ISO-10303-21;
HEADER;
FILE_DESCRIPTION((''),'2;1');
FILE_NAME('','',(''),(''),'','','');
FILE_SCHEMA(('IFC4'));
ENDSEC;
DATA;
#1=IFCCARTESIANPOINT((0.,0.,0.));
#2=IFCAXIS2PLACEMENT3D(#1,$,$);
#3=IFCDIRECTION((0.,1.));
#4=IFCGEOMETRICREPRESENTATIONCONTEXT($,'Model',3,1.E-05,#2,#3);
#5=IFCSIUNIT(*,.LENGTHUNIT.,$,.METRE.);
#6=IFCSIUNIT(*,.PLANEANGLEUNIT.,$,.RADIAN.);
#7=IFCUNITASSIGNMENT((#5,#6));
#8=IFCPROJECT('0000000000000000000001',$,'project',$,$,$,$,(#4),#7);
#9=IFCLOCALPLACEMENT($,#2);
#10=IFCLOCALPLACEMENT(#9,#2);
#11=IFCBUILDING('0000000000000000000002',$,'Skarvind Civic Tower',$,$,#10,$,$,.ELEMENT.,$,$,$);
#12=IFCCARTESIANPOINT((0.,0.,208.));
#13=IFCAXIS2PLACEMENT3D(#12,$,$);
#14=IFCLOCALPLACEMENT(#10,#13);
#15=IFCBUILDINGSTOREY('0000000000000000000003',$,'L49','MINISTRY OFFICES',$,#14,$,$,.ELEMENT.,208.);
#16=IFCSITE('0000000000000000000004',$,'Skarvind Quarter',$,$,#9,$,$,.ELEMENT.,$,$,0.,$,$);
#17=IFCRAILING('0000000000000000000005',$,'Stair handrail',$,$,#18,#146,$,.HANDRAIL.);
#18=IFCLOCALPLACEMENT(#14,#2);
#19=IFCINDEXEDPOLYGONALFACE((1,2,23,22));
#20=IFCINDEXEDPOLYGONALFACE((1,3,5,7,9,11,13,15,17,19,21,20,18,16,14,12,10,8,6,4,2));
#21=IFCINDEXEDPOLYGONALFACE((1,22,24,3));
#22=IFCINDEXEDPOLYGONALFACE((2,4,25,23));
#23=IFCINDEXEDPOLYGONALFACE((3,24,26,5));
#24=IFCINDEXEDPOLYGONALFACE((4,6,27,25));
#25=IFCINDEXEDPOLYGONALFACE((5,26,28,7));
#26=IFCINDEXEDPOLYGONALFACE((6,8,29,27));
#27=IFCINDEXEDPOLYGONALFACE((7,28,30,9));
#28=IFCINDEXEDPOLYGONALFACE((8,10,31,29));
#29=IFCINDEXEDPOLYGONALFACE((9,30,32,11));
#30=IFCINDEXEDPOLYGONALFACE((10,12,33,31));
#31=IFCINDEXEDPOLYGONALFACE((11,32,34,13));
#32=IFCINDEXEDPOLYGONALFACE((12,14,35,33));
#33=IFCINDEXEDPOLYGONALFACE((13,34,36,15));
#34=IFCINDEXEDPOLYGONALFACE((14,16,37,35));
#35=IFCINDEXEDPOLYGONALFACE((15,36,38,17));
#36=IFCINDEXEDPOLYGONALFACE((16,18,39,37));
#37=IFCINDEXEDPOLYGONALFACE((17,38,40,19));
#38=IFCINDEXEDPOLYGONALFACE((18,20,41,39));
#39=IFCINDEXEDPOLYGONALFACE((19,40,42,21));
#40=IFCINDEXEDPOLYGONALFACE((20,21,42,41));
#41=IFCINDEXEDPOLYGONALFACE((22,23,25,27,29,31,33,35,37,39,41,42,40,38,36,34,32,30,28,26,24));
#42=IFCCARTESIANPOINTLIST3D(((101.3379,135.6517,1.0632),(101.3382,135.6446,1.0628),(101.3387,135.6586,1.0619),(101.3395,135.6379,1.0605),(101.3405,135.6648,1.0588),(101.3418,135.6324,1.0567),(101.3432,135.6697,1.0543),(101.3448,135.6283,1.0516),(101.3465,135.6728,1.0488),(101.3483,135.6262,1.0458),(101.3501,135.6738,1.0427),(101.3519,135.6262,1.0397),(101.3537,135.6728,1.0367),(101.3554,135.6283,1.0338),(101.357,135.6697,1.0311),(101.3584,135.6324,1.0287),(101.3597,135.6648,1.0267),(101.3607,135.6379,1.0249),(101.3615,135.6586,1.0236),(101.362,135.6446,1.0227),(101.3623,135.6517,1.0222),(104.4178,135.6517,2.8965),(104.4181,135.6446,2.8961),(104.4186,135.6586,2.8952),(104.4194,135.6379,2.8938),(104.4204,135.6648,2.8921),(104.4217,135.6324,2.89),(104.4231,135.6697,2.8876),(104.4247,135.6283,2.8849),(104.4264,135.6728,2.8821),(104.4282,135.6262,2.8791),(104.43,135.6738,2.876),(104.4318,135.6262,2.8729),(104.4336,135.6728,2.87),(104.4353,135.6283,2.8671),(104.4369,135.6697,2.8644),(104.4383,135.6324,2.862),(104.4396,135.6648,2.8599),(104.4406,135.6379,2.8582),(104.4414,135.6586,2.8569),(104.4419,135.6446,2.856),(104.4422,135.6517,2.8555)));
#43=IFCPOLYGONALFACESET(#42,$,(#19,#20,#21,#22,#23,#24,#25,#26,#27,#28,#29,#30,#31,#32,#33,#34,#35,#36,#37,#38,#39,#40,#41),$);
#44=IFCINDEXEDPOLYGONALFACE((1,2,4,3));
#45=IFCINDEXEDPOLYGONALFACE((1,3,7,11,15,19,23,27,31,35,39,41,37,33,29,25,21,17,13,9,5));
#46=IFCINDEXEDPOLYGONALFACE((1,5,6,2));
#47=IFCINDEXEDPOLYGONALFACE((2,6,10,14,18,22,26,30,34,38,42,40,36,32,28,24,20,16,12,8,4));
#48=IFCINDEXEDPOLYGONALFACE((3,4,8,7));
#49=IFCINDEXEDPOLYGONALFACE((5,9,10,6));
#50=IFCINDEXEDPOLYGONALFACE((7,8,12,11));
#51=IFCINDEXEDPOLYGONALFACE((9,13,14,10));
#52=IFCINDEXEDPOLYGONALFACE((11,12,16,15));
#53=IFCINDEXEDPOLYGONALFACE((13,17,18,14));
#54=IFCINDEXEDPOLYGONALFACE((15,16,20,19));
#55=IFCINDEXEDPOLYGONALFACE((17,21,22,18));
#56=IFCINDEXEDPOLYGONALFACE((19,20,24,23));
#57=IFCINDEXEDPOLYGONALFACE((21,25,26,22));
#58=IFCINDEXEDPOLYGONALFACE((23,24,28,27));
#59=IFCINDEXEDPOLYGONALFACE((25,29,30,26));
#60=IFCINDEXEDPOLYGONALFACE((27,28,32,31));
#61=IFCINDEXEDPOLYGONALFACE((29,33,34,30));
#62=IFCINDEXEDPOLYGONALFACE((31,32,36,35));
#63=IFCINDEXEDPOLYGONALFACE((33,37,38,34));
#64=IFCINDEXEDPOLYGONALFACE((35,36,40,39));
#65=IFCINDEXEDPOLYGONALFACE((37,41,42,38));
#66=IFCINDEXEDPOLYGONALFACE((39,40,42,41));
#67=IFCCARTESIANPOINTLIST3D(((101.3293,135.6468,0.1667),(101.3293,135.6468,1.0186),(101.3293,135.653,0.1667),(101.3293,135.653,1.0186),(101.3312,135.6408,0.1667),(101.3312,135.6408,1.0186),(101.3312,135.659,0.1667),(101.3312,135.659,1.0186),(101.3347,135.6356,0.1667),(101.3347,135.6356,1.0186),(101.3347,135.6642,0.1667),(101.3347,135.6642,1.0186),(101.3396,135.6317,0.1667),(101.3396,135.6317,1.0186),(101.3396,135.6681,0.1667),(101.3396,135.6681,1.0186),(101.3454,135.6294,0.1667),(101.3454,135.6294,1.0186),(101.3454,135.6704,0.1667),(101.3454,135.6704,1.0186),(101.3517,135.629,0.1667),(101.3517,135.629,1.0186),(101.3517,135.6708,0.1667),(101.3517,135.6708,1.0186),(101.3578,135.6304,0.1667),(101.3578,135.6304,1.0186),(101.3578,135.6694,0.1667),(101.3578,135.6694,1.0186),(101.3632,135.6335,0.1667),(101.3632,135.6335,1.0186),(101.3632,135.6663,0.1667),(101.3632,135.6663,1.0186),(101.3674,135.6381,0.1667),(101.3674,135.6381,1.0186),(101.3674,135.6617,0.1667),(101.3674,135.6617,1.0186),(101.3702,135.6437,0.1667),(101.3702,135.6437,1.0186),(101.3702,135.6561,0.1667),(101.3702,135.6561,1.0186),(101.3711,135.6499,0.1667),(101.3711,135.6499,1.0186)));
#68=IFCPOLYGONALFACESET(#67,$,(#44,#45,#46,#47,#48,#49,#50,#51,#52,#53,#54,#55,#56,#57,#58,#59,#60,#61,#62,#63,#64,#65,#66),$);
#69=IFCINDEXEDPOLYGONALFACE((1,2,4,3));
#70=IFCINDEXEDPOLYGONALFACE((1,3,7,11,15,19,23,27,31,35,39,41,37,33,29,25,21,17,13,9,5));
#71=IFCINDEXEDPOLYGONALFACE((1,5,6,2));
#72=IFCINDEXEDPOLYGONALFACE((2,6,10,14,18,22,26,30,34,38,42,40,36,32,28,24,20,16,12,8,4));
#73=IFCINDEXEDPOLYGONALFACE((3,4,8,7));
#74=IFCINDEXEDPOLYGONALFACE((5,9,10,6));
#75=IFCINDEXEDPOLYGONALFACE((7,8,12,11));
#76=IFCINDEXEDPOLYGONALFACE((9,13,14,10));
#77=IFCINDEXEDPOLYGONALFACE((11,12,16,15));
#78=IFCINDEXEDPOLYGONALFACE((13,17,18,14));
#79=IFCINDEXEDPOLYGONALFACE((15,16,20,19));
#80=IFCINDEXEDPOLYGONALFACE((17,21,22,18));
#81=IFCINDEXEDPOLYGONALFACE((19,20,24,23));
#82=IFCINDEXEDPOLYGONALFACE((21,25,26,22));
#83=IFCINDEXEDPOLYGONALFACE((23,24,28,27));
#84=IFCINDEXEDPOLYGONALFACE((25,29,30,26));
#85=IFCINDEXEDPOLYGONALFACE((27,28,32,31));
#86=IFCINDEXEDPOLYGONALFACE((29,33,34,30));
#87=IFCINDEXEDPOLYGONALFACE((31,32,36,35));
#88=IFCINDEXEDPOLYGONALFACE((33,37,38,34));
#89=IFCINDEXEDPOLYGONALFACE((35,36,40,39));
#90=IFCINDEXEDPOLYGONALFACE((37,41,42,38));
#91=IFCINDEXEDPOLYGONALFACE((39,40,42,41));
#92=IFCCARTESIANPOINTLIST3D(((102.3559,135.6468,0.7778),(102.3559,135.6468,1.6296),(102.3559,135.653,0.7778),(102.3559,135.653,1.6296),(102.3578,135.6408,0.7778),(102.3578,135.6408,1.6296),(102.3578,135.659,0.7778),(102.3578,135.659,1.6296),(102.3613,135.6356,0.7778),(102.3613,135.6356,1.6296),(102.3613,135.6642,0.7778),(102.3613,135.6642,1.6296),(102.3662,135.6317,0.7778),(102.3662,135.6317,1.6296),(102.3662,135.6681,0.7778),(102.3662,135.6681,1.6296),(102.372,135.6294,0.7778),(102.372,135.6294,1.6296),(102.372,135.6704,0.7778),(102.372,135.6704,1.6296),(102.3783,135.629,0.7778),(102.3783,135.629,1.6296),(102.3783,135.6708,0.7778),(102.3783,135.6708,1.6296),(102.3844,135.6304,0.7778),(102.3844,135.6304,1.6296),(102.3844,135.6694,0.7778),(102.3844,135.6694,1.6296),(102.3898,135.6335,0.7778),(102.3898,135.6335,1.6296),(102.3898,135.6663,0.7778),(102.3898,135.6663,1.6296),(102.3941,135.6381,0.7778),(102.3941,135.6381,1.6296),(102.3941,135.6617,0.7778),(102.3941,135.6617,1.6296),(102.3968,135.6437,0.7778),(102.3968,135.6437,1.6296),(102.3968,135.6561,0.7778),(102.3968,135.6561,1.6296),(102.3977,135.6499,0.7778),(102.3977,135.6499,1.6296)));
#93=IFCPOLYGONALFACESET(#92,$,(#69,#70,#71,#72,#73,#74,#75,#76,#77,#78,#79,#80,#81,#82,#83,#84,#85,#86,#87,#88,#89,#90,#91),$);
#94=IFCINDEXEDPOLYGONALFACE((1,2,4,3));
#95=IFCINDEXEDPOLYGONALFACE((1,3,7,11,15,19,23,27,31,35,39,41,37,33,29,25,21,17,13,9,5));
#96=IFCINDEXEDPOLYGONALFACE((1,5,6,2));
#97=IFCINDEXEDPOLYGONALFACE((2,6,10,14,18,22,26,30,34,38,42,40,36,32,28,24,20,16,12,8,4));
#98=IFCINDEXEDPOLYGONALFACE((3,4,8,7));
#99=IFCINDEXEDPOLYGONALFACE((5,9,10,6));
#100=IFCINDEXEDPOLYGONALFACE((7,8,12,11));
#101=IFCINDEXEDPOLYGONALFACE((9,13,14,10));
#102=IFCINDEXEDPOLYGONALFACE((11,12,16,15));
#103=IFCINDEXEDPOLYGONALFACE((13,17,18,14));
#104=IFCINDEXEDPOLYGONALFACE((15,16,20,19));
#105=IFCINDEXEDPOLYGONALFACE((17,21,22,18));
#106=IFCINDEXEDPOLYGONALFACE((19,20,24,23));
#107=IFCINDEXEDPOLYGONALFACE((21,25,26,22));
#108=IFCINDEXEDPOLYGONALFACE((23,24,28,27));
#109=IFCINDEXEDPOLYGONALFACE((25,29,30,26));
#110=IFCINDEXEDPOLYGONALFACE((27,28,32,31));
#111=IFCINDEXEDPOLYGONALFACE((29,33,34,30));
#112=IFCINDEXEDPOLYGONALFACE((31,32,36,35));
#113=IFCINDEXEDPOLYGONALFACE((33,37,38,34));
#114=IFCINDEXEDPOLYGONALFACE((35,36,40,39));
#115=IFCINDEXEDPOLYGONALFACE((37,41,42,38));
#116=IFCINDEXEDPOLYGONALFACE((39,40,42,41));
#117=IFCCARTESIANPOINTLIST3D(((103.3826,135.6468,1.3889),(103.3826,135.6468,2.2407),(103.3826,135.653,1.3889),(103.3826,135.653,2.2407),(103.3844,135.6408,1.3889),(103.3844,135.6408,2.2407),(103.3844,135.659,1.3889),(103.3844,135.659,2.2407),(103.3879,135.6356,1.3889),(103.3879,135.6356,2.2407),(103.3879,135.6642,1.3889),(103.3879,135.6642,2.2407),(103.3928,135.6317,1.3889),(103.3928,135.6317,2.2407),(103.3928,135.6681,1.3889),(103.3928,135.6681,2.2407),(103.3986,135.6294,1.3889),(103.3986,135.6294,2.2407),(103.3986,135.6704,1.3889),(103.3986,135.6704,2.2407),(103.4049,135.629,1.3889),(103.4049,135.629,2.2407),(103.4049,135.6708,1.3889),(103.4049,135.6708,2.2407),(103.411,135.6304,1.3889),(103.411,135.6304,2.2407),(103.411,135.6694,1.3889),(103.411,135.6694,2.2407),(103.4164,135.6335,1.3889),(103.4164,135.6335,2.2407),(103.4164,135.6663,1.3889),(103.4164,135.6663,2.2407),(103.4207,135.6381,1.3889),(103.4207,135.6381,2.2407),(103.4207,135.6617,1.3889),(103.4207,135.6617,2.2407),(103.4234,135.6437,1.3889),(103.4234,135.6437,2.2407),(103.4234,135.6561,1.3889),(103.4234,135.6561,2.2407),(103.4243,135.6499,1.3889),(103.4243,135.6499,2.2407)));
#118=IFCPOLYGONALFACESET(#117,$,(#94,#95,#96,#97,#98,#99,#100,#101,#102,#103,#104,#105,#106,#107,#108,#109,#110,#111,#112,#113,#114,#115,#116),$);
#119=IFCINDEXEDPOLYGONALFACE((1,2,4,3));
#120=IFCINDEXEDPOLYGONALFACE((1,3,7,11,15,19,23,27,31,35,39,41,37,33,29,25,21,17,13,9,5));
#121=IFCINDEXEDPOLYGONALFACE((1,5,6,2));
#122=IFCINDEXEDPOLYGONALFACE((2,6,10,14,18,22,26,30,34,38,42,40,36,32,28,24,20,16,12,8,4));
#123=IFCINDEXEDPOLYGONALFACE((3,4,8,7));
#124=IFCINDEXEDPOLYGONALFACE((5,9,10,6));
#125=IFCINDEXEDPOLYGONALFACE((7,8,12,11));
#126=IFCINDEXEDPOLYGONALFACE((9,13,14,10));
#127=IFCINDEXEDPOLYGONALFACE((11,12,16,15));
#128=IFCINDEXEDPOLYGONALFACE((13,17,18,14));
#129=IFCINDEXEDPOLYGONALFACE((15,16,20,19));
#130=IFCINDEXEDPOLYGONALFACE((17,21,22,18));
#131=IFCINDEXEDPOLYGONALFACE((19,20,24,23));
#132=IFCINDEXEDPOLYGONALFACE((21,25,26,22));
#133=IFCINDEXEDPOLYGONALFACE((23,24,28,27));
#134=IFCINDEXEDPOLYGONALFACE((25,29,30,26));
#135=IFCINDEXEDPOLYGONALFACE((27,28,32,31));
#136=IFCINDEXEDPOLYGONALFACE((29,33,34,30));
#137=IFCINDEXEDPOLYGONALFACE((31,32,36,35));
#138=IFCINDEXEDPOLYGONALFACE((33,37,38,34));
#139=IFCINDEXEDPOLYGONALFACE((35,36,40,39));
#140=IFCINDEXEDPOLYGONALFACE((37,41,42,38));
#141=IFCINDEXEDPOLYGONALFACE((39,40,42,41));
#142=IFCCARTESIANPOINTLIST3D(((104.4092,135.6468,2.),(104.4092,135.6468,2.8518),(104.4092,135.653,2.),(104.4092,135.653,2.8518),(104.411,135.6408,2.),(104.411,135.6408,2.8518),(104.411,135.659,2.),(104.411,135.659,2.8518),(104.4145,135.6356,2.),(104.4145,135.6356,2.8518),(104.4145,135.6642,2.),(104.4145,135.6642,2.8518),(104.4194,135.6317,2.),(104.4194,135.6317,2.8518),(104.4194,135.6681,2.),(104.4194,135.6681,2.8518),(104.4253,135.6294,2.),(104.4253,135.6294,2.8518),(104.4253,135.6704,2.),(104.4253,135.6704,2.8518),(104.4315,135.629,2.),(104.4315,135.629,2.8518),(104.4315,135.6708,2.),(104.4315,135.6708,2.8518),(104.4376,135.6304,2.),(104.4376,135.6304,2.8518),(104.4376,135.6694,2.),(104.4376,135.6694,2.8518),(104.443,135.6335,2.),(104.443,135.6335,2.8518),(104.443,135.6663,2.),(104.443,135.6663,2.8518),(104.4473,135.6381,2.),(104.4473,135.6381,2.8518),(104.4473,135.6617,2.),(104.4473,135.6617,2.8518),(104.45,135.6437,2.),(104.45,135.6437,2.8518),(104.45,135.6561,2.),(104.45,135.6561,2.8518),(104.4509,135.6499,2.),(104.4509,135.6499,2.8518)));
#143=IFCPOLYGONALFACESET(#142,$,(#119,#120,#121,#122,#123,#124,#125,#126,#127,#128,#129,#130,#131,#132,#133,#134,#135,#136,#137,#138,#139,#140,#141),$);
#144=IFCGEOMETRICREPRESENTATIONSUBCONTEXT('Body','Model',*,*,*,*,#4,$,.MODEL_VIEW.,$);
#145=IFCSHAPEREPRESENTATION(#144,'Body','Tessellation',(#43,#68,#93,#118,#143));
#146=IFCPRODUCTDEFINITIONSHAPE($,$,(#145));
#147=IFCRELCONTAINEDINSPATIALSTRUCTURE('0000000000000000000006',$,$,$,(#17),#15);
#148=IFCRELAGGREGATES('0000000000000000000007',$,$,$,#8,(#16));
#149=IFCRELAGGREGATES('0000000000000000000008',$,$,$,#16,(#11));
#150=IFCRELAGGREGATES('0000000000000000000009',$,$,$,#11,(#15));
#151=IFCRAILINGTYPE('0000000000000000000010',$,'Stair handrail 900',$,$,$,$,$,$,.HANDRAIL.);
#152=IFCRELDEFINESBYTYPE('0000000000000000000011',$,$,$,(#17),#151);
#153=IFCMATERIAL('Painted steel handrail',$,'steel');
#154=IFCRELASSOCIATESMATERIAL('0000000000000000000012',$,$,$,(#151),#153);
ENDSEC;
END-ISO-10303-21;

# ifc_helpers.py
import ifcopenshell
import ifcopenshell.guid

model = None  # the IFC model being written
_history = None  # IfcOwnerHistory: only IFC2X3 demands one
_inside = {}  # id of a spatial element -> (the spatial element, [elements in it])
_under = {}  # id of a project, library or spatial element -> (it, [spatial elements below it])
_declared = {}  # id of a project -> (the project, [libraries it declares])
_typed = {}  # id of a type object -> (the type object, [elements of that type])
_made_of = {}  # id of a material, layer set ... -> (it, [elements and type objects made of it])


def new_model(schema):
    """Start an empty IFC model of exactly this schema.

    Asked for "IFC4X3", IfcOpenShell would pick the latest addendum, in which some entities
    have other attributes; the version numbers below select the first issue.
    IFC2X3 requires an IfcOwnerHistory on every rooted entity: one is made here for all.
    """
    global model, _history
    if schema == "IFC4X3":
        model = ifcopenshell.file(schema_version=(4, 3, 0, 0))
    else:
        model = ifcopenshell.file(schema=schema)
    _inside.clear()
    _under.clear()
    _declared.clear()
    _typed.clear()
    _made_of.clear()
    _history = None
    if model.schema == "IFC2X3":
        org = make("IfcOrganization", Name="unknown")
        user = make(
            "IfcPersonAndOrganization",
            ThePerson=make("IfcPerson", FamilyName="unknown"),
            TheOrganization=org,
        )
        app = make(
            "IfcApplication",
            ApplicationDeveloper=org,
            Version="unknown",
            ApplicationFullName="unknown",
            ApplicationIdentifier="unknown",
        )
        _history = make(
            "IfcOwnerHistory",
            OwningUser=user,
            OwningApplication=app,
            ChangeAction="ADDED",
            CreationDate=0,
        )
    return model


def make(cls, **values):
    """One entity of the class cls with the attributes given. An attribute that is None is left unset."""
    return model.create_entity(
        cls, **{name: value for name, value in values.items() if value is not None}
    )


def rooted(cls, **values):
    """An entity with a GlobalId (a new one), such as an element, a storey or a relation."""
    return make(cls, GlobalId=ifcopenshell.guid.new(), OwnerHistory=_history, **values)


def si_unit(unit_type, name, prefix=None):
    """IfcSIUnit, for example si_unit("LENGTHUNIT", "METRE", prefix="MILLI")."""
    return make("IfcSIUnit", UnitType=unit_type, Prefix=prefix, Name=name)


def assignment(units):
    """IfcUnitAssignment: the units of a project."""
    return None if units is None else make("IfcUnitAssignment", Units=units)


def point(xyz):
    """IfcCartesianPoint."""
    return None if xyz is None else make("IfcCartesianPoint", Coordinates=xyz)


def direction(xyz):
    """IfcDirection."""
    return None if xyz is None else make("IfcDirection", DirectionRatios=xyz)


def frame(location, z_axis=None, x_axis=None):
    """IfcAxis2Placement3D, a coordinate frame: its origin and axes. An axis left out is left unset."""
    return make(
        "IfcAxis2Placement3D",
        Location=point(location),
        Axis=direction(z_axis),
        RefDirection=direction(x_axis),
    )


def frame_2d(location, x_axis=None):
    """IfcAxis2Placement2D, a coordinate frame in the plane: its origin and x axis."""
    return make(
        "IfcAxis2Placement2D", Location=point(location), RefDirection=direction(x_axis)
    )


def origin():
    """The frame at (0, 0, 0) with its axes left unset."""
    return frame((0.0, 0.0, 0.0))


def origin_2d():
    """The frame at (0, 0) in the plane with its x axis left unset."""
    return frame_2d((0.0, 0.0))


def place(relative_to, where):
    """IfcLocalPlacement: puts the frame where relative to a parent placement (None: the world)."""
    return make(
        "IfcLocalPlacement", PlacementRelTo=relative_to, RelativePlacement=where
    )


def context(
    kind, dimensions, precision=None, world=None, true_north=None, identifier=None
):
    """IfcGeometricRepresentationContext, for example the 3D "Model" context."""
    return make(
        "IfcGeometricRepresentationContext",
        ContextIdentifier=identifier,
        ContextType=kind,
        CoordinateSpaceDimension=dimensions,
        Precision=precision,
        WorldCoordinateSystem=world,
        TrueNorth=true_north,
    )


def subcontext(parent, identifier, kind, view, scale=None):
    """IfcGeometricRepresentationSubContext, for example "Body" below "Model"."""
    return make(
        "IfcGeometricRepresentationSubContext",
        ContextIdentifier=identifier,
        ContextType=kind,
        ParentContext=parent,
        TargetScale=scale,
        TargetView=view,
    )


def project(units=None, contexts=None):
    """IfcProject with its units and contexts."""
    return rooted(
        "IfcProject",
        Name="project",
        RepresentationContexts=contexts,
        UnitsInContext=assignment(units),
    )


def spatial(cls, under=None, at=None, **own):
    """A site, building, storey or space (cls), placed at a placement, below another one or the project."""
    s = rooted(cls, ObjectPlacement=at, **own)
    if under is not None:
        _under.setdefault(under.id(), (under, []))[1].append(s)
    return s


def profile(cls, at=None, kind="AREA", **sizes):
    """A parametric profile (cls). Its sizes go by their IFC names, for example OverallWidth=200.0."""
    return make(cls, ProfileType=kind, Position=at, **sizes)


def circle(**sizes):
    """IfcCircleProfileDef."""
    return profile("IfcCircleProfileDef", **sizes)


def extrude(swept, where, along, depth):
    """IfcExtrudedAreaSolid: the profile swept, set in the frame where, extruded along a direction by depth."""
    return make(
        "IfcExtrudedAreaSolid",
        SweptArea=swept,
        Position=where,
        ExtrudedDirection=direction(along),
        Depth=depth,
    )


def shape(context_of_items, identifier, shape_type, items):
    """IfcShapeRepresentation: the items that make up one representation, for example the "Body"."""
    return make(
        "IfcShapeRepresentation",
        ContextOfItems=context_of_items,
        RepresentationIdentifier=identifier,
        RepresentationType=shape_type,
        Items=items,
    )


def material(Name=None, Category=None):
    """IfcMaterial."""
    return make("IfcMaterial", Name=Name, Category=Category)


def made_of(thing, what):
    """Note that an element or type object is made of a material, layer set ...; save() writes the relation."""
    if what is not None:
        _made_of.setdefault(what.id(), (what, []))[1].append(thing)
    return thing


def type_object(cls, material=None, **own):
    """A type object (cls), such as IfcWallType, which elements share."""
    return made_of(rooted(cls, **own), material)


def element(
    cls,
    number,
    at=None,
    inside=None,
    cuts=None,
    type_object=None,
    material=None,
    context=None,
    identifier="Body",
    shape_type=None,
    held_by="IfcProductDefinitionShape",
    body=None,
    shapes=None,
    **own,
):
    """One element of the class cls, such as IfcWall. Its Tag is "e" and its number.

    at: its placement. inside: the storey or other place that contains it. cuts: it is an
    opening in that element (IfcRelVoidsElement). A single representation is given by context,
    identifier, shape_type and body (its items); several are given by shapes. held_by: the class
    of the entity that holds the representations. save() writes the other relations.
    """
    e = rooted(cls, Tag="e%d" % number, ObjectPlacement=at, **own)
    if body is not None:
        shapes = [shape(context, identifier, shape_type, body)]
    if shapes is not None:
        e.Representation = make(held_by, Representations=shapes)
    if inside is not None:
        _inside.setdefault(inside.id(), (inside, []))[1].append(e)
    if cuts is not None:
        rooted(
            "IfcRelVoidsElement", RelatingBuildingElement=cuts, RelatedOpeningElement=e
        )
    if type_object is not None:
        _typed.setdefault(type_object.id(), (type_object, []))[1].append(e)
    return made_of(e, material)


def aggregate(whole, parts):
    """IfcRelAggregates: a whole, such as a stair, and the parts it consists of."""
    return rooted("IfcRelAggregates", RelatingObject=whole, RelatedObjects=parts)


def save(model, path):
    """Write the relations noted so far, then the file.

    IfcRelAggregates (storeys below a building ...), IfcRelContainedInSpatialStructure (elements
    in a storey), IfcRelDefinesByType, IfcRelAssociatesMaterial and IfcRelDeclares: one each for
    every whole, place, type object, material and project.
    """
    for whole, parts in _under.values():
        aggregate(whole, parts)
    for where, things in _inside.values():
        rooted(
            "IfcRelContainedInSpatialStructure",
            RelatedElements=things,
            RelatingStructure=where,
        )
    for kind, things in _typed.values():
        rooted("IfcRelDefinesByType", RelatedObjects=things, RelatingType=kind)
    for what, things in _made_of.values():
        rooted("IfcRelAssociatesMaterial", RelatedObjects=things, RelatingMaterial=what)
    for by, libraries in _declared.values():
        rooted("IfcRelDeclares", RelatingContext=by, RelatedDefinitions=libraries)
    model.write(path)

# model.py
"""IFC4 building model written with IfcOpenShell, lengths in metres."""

from ifc_helpers import new_model, si_unit, direction, frame, origin, origin_2d, place, context, subcontext, project, spatial, circle, extrude, material, type_object, element, save


model = new_model("IFC4")

# Units and contexts
model_context = context("Model", 3, precision=1e-05, world=origin(), true_north=direction((0.0, 1.0)))
body_context = subcontext(model_context, "Body", "Model", "MODEL_VIEW")
ifc_project = project(units=[si_unit("LENGTHUNIT", "METRE"), si_unit("PLANEANGLEUNIT", "RADIAN")], contexts=[model_context])

# Site, building, storey
site_placement = place(None, origin())
site = spatial("IfcSite", under=ifc_project, at=site_placement, Name="Skarvind Quarter", CompositionType="ELEMENT", RefElevation=0.0)
building_placement = place(site_placement, origin())
building = spatial("IfcBuilding", under=site, at=building_placement, Name="Skarvind Civic Tower", CompositionType="ELEMENT")
storey_placement = place(building_placement, frame((0.0, 0.0, 208.0)))
storey = spatial("IfcBuildingStorey", under=building, at=storey_placement, Name="L49", Description="MINISTRY OFFICES", CompositionType="ELEMENT", Elevation=208.0)

# Railing
ifc_material_1 = material(Name="Painted steel handrail", Category="steel")
railing_type = type_object("IfcRailingType", Name="Stair handrail 900", PredefinedType="HANDRAIL", material=ifc_material_1)
railing_1_placement = place(storey_placement, frame((101.3501, 135.6499, 0.1667)))
element("IfcRailing", 1, at=railing_1_placement, inside=storey, type_object=railing_type, Name="Stair handrail", PredefinedType="HANDRAIL", context=body_context, shape_type="SweptSolid", body=[
    extrude(circle(Radius=0.0239, at=origin_2d()), frame((0.0, 0.0, 0.876), z_axis=(0.859291, 0.0, 0.511487), x_axis=(0.0, 1.0, 0.0)), (0.0, 0.0, 1.0), 3.5842),
    extrude(circle(Radius=0.021, at=origin_2d()), origin(), (0.0, 0.0, 1.0), 0.8518),
    extrude(circle(Radius=0.021, at=origin_2d()), frame((1.0266, 0.0, 0.6111)), (0.0, 0.0, 1.0), 0.8518),
    extrude(circle(Radius=0.021, at=origin_2d()), frame((2.0532, 0.0, 1.2222)), (0.0, 0.0, 1.0), 0.8518),
    extrude(circle(Radius=0.021, at=origin_2d()), frame((3.0798, 0.0, 1.8333)), (0.0, 0.0, 1.0), 0.8518),
])

save(model, "model.ifc")
